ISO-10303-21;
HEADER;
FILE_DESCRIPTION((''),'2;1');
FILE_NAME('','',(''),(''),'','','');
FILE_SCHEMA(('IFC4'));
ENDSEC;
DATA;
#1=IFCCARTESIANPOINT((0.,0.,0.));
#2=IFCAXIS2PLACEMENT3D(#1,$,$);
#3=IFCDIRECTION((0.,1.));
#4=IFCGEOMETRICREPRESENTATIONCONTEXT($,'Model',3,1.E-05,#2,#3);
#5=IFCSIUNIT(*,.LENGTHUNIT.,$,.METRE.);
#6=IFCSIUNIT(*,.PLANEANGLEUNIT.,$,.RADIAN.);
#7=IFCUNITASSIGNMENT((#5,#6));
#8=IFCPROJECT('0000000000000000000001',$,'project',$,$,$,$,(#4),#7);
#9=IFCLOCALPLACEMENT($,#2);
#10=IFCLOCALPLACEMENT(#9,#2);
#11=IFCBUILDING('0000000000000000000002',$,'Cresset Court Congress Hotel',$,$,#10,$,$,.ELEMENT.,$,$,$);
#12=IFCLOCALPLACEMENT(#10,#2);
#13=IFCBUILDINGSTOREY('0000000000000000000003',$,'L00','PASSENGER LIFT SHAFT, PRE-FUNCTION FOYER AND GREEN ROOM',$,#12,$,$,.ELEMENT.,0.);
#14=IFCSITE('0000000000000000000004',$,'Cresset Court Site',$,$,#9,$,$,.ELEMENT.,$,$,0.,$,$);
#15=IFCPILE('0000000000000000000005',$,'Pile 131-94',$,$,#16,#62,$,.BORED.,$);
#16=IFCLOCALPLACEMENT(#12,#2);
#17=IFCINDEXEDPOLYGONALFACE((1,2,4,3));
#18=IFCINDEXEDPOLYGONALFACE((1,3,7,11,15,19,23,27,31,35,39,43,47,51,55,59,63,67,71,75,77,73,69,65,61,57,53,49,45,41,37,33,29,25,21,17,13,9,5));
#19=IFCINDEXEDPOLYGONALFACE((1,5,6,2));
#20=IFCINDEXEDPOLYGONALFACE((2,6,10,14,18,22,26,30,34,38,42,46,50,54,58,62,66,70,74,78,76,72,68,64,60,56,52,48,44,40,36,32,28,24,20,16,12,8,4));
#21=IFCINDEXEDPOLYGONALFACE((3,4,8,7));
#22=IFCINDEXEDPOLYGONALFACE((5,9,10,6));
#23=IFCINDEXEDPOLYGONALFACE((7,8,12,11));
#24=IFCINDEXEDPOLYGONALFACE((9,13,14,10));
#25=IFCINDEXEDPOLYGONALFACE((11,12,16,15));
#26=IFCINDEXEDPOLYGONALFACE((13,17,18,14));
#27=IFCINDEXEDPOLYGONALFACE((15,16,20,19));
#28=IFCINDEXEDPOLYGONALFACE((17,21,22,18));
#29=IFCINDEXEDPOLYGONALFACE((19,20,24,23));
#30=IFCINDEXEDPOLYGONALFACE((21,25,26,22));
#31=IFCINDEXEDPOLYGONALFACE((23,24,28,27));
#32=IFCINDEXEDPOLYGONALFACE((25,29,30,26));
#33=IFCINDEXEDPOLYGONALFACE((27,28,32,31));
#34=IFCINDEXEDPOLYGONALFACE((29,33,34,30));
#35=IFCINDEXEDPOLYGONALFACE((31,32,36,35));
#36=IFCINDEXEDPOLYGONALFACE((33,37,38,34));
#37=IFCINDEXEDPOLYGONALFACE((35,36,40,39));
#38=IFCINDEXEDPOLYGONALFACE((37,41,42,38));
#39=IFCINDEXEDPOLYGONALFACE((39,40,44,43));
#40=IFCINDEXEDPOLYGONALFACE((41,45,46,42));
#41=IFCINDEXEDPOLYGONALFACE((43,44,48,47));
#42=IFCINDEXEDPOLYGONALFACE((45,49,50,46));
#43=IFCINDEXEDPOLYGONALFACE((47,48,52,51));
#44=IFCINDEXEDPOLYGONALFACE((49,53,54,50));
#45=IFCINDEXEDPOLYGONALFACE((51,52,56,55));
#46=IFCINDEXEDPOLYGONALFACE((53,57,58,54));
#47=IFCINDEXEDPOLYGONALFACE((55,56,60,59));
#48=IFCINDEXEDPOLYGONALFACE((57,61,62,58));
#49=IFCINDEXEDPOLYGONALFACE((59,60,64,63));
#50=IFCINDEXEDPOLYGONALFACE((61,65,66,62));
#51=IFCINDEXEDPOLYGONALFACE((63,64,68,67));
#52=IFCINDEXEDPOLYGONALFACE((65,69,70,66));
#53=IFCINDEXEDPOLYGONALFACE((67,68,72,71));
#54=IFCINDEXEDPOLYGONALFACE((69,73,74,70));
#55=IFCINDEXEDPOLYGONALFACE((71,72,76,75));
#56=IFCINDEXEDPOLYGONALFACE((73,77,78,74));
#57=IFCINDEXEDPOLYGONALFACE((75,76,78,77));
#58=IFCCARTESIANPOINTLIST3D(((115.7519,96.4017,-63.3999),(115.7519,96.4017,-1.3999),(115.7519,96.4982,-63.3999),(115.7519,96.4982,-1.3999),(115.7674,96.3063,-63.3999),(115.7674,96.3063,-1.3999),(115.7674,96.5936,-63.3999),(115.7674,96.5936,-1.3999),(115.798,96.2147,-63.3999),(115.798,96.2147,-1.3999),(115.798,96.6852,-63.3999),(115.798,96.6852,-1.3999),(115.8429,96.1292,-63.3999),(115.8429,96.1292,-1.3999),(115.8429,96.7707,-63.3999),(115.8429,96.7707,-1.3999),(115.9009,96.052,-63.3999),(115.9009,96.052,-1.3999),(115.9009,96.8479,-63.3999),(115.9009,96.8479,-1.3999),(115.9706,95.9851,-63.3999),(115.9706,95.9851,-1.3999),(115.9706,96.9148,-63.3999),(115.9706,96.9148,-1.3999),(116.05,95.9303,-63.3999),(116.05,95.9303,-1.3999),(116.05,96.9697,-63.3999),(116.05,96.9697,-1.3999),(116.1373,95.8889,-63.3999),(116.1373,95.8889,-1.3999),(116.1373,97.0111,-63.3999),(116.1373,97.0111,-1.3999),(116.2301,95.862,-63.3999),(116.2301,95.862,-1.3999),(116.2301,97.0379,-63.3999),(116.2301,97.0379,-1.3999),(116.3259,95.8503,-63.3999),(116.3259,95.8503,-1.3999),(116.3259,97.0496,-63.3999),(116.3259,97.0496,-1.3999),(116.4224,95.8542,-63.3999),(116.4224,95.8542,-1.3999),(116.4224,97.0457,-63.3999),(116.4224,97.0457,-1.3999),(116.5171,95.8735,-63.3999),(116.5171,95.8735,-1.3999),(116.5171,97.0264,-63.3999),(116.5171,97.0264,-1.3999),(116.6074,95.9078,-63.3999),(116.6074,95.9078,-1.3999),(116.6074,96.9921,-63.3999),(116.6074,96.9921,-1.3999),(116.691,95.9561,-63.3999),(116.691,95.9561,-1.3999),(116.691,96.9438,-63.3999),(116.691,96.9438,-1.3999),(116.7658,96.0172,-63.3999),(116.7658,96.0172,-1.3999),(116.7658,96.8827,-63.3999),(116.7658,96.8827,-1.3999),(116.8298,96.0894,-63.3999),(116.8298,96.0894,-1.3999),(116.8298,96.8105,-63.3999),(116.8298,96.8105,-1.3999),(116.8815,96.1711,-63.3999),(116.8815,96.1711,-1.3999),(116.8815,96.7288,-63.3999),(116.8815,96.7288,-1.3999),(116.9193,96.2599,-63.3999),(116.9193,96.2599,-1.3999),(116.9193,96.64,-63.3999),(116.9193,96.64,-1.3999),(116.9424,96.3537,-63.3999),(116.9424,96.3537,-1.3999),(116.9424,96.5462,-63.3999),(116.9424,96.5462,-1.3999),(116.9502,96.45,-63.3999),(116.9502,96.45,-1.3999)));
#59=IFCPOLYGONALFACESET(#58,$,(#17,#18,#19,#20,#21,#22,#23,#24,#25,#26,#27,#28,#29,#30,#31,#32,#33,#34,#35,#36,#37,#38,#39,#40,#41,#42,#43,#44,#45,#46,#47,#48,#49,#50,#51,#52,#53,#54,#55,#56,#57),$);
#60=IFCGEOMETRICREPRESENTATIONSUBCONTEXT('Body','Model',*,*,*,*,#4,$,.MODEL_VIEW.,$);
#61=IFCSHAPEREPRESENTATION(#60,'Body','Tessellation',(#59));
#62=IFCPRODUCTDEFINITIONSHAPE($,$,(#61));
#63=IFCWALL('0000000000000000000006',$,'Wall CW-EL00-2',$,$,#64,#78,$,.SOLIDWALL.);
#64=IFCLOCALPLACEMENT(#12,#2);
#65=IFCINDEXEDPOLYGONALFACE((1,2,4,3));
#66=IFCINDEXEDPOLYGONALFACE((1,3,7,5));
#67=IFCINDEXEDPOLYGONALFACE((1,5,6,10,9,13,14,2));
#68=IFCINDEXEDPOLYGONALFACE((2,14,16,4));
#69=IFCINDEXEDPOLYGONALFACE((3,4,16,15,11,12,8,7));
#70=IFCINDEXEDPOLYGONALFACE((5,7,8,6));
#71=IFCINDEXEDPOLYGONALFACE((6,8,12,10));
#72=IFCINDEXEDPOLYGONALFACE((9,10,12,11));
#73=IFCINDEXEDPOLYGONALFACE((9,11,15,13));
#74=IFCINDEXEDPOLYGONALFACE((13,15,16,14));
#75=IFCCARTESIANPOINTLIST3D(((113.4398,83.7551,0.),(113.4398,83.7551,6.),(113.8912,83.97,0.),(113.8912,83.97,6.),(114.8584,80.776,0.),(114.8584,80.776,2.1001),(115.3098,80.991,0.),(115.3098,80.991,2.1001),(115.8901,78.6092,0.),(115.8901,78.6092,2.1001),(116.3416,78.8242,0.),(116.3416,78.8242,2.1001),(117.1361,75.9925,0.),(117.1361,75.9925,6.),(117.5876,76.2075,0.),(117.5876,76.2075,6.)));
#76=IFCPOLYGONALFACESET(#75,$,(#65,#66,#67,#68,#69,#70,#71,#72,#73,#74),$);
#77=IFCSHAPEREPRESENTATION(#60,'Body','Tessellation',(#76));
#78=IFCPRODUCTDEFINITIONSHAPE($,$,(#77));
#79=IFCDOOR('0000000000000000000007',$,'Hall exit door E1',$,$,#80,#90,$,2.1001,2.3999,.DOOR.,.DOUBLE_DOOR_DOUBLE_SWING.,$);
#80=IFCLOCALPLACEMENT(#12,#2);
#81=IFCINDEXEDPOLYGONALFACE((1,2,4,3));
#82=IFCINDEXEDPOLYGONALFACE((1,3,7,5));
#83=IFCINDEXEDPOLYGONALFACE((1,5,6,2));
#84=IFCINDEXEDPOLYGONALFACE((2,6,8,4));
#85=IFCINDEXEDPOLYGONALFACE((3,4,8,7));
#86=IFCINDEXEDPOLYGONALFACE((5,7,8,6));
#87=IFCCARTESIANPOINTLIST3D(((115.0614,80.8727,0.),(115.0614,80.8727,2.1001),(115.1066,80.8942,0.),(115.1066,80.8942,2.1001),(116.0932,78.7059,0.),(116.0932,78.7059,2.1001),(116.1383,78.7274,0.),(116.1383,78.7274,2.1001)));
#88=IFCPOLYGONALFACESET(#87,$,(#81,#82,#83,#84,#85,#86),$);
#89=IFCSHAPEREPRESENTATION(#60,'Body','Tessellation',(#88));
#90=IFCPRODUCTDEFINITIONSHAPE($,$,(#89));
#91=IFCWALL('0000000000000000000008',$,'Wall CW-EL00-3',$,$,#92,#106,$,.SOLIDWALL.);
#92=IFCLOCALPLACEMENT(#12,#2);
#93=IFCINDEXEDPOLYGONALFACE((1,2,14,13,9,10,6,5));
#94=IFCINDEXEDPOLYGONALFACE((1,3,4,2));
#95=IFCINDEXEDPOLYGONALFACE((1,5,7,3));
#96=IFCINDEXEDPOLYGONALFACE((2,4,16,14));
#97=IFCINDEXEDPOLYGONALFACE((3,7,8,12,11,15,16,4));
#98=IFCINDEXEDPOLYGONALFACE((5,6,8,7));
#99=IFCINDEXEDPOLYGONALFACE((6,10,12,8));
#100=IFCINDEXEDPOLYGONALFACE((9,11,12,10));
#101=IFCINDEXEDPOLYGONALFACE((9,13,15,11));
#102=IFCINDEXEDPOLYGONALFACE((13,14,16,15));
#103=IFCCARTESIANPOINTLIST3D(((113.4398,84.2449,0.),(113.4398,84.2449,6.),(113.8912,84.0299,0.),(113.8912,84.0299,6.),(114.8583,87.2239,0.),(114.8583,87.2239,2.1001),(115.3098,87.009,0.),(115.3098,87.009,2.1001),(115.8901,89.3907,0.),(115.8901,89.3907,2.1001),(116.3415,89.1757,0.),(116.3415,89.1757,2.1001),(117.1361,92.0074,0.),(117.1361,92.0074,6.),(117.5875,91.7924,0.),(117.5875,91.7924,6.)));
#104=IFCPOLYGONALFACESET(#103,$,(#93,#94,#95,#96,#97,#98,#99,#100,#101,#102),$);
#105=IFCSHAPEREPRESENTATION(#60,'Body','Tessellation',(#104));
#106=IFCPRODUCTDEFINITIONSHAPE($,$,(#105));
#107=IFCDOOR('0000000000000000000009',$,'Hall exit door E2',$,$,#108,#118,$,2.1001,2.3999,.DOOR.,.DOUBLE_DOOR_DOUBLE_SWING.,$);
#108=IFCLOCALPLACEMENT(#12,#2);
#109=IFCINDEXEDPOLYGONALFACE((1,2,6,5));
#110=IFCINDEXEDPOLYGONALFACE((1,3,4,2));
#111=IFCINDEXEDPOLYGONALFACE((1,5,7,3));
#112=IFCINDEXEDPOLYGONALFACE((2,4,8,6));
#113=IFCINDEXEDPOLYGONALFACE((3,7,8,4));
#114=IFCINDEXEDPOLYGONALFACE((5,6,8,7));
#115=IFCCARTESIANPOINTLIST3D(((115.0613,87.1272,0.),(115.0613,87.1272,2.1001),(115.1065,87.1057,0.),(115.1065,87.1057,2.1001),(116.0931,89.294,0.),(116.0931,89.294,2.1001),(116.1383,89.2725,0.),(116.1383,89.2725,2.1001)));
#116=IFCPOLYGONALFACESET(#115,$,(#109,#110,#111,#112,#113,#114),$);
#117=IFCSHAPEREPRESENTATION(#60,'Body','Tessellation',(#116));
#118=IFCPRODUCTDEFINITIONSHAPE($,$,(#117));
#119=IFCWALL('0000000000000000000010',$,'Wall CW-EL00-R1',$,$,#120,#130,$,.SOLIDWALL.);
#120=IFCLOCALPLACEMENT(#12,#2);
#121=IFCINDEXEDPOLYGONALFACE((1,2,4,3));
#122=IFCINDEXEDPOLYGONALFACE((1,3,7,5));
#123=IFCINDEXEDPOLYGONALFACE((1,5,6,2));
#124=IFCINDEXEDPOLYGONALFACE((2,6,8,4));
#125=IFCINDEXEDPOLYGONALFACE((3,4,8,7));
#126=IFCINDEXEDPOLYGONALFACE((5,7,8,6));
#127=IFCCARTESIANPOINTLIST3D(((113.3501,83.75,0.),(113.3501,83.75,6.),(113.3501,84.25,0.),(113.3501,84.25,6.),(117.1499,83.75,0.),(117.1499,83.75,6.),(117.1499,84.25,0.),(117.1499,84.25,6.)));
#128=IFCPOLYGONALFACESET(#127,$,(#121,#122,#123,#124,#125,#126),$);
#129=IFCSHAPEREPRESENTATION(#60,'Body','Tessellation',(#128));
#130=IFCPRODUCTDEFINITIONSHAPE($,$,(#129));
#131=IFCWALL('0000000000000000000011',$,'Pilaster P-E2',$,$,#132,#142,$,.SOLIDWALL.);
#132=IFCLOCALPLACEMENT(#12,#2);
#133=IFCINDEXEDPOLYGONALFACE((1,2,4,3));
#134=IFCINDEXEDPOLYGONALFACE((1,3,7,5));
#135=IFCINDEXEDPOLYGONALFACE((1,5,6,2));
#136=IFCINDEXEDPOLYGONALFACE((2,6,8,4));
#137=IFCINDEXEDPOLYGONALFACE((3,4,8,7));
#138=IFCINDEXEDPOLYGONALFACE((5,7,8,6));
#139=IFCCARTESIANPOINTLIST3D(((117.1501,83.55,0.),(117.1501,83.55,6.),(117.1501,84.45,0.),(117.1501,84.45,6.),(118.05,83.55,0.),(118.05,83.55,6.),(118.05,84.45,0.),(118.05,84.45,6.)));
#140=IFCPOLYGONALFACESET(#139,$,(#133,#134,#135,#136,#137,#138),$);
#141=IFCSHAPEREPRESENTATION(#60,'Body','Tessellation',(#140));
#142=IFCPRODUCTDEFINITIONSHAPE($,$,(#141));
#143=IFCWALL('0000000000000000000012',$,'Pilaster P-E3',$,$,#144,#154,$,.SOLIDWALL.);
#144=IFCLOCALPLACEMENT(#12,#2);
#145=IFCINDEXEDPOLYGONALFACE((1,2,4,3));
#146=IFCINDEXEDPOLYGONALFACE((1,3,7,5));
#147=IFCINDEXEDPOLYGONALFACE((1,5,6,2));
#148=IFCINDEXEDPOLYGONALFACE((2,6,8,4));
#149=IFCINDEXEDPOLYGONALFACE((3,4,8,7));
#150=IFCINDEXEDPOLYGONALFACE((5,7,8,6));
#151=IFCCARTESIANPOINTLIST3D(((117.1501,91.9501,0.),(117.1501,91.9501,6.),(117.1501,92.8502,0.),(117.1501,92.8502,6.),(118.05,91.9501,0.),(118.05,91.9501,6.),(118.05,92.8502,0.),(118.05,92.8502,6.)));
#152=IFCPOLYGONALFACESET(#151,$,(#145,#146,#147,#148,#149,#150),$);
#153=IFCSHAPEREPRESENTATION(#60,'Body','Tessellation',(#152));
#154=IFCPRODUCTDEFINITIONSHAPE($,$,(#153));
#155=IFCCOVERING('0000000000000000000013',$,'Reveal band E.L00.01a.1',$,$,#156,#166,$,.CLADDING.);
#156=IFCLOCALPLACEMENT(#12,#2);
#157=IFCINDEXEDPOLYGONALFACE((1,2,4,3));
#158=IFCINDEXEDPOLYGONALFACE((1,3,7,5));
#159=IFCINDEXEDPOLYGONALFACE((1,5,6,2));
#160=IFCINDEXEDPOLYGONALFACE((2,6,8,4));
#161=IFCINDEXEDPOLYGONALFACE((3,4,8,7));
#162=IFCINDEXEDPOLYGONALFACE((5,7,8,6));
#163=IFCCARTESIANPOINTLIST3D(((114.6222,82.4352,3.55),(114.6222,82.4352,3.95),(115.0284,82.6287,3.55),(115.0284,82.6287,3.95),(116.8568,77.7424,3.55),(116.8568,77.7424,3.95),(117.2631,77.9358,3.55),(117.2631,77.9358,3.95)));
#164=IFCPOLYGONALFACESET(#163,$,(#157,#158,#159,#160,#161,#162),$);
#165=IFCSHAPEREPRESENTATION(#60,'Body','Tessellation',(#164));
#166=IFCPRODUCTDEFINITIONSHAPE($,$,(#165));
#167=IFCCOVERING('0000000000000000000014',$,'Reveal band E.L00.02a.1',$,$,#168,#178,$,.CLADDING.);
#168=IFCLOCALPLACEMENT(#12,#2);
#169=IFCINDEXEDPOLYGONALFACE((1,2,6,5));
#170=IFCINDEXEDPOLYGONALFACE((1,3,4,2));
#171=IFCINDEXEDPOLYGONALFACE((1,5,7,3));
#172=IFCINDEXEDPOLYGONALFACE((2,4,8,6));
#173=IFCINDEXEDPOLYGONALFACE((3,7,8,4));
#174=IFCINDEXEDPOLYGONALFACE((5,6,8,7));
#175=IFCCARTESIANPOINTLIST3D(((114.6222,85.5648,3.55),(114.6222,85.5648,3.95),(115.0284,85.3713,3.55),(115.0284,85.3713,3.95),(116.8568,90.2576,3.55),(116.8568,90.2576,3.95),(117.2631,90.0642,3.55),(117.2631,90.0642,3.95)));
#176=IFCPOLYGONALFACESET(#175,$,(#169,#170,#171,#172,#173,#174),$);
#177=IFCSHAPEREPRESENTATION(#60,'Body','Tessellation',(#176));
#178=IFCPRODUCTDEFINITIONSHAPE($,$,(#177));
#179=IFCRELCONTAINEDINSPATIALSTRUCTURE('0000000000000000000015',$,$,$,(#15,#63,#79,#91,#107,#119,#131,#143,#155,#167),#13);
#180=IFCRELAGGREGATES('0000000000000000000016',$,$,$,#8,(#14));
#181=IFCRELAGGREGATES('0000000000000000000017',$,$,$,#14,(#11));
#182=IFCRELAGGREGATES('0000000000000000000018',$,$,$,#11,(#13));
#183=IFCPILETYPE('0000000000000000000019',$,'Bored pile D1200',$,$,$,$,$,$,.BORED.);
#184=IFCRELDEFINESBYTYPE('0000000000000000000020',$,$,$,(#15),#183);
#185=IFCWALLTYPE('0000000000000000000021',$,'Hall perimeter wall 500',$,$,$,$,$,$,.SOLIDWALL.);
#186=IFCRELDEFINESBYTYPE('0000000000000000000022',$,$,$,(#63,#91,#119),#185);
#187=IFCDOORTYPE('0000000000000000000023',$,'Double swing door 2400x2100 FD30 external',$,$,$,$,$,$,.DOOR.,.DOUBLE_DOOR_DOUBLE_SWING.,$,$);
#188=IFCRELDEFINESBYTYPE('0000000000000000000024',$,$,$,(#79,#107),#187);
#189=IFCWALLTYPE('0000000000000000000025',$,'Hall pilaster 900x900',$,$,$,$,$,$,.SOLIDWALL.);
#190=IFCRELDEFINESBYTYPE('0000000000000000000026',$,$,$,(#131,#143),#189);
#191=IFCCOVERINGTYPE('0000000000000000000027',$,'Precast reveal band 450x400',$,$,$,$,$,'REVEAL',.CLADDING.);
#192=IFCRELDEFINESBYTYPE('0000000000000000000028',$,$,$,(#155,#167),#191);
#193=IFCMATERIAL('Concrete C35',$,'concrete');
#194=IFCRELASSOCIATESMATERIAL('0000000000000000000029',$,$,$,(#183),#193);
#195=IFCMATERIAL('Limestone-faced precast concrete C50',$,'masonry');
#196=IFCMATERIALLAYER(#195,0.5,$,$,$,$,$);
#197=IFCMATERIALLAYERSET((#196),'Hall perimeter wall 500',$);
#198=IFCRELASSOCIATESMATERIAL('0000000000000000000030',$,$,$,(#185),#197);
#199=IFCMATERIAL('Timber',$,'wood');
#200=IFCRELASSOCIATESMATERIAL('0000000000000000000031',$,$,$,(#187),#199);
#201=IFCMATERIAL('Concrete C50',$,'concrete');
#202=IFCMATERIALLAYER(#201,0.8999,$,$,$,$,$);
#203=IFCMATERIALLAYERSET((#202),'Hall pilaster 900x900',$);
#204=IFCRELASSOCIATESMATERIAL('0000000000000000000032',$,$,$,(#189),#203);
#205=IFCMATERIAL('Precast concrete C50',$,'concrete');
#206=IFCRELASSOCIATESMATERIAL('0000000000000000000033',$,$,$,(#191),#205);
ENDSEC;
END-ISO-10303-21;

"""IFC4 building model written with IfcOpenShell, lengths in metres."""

from ifc_helpers import new_model, si_unit, direction, frame, frame_2d, origin, origin_2d, place, context, subcontext, project, spatial, rectangle, circle, extrude, material, layer, layer_set, type_object, element, fill, save


model = new_model("IFC4")

# Units and contexts
model_context = context("Model", 3, precision=1e-05, world=origin(), true_north=direction((0.0, 1.0)))
body_context = subcontext(model_context, "Body", "Model", "MODEL_VIEW")
ifc_project = project(units=[si_unit("LENGTHUNIT", "METRE"), si_unit("PLANEANGLEUNIT", "RADIAN")], contexts=[model_context])

# Site, building, storey
site_placement = place(None, origin())
site = spatial("IfcSite", under=ifc_project, at=site_placement, Name="Cresset Court Site", CompositionType="ELEMENT", RefElevation=0.0)
building_placement = place(site_placement, origin())
building = spatial("IfcBuilding", under=site, at=building_placement, Name="Cresset Court Congress Hotel", CompositionType="ELEMENT")
storey_placement = place(building_placement, origin())
storey = spatial("IfcBuildingStorey", under=building, at=storey_placement, Name="L00", Description="PASSENGER LIFT SHAFT, PRE-FUNCTION FOYER AND GREEN ROOM", CompositionType="ELEMENT", Elevation=0.0)

# Pile
ifc_material_1 = material(Name="Concrete C35", Category="concrete")
pile_type = type_object("IfcPileType", Name="Bored pile D1200", PredefinedType="BORED", material=ifc_material_1)
for number, where, z_axis, x_axis, name in (
    (1, (116.3501, 96.45, -1.3999), (0.0, 0.0, -1.0), (1.0, 0.0, 0.0), "Pile 131-94"),
):
    element("IfcPile", number, at=place(storey_placement, frame(where, z_axis=z_axis, x_axis=x_axis)), inside=storey, type_object=pile_type, Name=name, PredefinedType="BORED", context=body_context, shape_type="SweptSolid", body=[
        extrude(circle(Radius=0.6001, at=origin_2d()), origin(), (0.0, 0.0, 1.0), 62.0),
    ])

# Walls, openings, doors
ifc_material_2 = material(Name="Limestone-faced precast concrete C50", Category="masonry")
ifc_layer_1 = layer(ifc_material_2, 0.5)
ifc_layer_set_1 = layer_set([ifc_layer_1], Name="Hall perimeter wall 500")
wall_type_1 = type_object("IfcWallType", Name="Hall perimeter wall 500", PredefinedType="SOLIDWALL", material=ifc_layer_set_1)
wall_1_placement = place(storey_placement, frame((113.6655, 83.8625, 0.0), z_axis=(0.0, 0.0, 1.0), x_axis=(0.429923, -0.902866, 0.0)))
wall_1 = element("IfcWall", 2, at=wall_1_placement, inside=storey, type_object=wall_type_1, Name="Wall CW-EL00-2", PredefinedType="SOLIDWALL", context=body_context, shape_type="SweptSolid", body=[
    extrude(rectangle(XDim=8.5977, YDim=0.5, at=frame_2d((4.2988, 0.0))), origin(), (0.0, 0.0, 1.0), 6.0),
])
opening_1_placement = place(wall_1_placement, frame((3.2996, 0.0, 0.0)))
opening_1 = element("IfcOpeningElement", 3, at=opening_1_placement, cuts=wall_1, PredefinedType="OPENING", context=body_context, shape_type="SweptSolid", body=[
    extrude(rectangle(XDim=2.3999, YDim=2.1001, at=frame_2d((1.2, 1.05))), frame((0.0, 0.26, 0.0), z_axis=(0.0, -1.0, 0.0), x_axis=(1.0, 0.0, 0.0)), (0.0, 0.0, 1.0), 0.52),
])
ifc_material_3 = material(Name="Timber", Category="wood")
door_type = type_object("IfcDoorType", Name="Double swing door 2400x2100 FD30 external", OperationType="DOUBLE_DOOR_DOUBLE_SWING", PredefinedType="DOOR", material=ifc_material_3)
door_1_placement = place(opening_1_placement, origin())
door_1 = element("IfcDoor", 4, at=door_1_placement, inside=storey, type_object=door_type, Name="Hall exit door E1", OperationType="DOUBLE_DOOR_DOUBLE_SWING", OverallHeight=2.1001, OverallWidth=2.3999, PredefinedType="DOOR", context=body_context, shape_type="SweptSolid", body=[
    extrude(rectangle(XDim=2.3999, YDim=2.1001, at=frame_2d((1.2, 1.05))), frame((0.0, 0.0249, 0.0), z_axis=(0.0, -1.0, 0.0), x_axis=(1.0, 0.0, 0.0)), (0.0, 0.0, 1.0), 0.05),
])
fill(opening_1, door_1)
wall_2_placement = place(storey_placement, frame((117.3618, 91.8999, 0.0), z_axis=(0.0, 0.0, 1.0), x_axis=(-0.429923, -0.902866, 0.0)))
wall_2 = element("IfcWall", 5, at=wall_2_placement, inside=storey, type_object=wall_type_1, Name="Wall CW-EL00-3", PredefinedType="SOLIDWALL", context=body_context, shape_type="SweptSolid", body=[
    extrude(rectangle(XDim=8.5977, YDim=0.5, at=frame_2d((4.2988, 0.0))), origin(), (0.0, 0.0, 1.0), 6.0),
])
opening_2_placement = place(wall_2_placement, frame((2.8982, 0.0, 0.0)))
opening_2 = element("IfcOpeningElement", 6, at=opening_2_placement, cuts=wall_2, PredefinedType="OPENING", context=body_context, shape_type="SweptSolid", body=[
    extrude(rectangle(XDim=2.3999, YDim=2.1001, at=frame_2d((1.2, 1.05))), frame((0.0, 0.26, 0.0), z_axis=(0.0, -1.0, 0.0), x_axis=(1.0, 0.0, 0.0)), (0.0, 0.0, 1.0), 0.52),
])
door_2_placement = place(opening_2_placement, origin())
door_2 = element("IfcDoor", 7, at=door_2_placement, inside=storey, type_object=door_type, Name="Hall exit door E2", OperationType="DOUBLE_DOOR_DOUBLE_SWING", OverallHeight=2.1001, OverallWidth=2.3999, PredefinedType="DOOR", context=body_context, shape_type="SweptSolid", body=[
    extrude(rectangle(XDim=2.3999, YDim=2.1001, at=frame_2d((1.2, 1.05))), frame((0.0, 0.0249, 0.0), z_axis=(0.0, -1.0, 0.0), x_axis=(1.0, 0.0, 0.0)), (0.0, 0.0, 1.0), 0.05),
])
fill(opening_2, door_2)

# Walls
wall_3_placement = place(storey_placement, frame((113.3501, 84.0, 0.0), z_axis=(0.0, 0.0, 1.0), x_axis=(1.0, 0.0, 0.0)))
element("IfcWall", 8, at=wall_3_placement, inside=storey, type_object=wall_type_1, Name="Wall CW-EL00-R1", PredefinedType="SOLIDWALL", context=body_context, shape_type="SweptSolid", body=[
    extrude(rectangle(XDim=3.7998, YDim=0.5, at=frame_2d((1.8999, 0.0))), origin(), (0.0, 0.0, 1.0), 6.0),
])
ifc_material_4 = material(Name="Concrete C50", Category="concrete")
ifc_layer_2 = layer(ifc_material_4, 0.8999)
ifc_layer_set_2 = layer_set([ifc_layer_2], Name="Hall pilaster 900x900")
wall_type_2 = type_object("IfcWallType", Name="Hall pilaster 900x900", PredefinedType="SOLIDWALL", material=ifc_layer_set_2)
wall_4_placement = place(storey_placement, frame((117.6001, 83.55, 0.0), z_axis=(0.0, 0.0, 1.0), x_axis=(0.0, 1.0, 0.0)))
element("IfcWall", 9, at=wall_4_placement, inside=storey, type_object=wall_type_2, Name="Pilaster P-E2", PredefinedType="SOLIDWALL", context=body_context, shape_type="SweptSolid", body=[
    extrude(rectangle(XDim=0.8999, YDim=0.8999, at=frame_2d((0.45, 0.0))), origin(), (0.0, 0.0, 1.0), 6.0),
])
wall_5_placement = place(storey_placement, frame((117.6001, 91.95, 0.0), z_axis=(0.0, 0.0, 1.0), x_axis=(0.0, 1.0, 0.0)))
element("IfcWall", 10, at=wall_5_placement, inside=storey, type_object=wall_type_2, Name="Pilaster P-E3", PredefinedType="SOLIDWALL", context=body_context, shape_type="SweptSolid", body=[
    extrude(rectangle(XDim=0.9001, YDim=0.8999, at=frame_2d((0.4502, 0.0))), origin(), (0.0, 0.0, 1.0), 6.0),
])

# Coverings
ifc_material_5 = material(Name="Precast concrete C50", Category="concrete")
covering_type = type_object("IfcCoveringType", Name="Precast reveal band 450x400", ElementType="REVEAL", PredefinedType="CLADDING", material=ifc_material_5)
for number, where, z_axis, x_axis, name in (
    (11, (115.9426, 80.1855, 3.55), (0.0, 0.0, 1.0), (0.429933, -0.902861, 0.0), "Reveal band E.L00.01a.1"),
    (12, (115.9426, 87.8145, 3.55), (0.0, 0.0, 1.0), (-0.429933, -0.902861, 0.0), "Reveal band E.L00.02a.1"),
):
    element("IfcCovering", number, at=place(storey_placement, frame(where, z_axis=z_axis, x_axis=x_axis)), inside=storey, type_object=covering_type, Name=name, PredefinedType="CLADDING", context=body_context, shape_type="SweptSolid", body=[
        extrude(rectangle(XDim=5.1978, YDim=0.45, at=origin_2d()), origin(), (0.0, 0.0, 1.0), 0.3999),
    ])

save(model, "model.ifc")
